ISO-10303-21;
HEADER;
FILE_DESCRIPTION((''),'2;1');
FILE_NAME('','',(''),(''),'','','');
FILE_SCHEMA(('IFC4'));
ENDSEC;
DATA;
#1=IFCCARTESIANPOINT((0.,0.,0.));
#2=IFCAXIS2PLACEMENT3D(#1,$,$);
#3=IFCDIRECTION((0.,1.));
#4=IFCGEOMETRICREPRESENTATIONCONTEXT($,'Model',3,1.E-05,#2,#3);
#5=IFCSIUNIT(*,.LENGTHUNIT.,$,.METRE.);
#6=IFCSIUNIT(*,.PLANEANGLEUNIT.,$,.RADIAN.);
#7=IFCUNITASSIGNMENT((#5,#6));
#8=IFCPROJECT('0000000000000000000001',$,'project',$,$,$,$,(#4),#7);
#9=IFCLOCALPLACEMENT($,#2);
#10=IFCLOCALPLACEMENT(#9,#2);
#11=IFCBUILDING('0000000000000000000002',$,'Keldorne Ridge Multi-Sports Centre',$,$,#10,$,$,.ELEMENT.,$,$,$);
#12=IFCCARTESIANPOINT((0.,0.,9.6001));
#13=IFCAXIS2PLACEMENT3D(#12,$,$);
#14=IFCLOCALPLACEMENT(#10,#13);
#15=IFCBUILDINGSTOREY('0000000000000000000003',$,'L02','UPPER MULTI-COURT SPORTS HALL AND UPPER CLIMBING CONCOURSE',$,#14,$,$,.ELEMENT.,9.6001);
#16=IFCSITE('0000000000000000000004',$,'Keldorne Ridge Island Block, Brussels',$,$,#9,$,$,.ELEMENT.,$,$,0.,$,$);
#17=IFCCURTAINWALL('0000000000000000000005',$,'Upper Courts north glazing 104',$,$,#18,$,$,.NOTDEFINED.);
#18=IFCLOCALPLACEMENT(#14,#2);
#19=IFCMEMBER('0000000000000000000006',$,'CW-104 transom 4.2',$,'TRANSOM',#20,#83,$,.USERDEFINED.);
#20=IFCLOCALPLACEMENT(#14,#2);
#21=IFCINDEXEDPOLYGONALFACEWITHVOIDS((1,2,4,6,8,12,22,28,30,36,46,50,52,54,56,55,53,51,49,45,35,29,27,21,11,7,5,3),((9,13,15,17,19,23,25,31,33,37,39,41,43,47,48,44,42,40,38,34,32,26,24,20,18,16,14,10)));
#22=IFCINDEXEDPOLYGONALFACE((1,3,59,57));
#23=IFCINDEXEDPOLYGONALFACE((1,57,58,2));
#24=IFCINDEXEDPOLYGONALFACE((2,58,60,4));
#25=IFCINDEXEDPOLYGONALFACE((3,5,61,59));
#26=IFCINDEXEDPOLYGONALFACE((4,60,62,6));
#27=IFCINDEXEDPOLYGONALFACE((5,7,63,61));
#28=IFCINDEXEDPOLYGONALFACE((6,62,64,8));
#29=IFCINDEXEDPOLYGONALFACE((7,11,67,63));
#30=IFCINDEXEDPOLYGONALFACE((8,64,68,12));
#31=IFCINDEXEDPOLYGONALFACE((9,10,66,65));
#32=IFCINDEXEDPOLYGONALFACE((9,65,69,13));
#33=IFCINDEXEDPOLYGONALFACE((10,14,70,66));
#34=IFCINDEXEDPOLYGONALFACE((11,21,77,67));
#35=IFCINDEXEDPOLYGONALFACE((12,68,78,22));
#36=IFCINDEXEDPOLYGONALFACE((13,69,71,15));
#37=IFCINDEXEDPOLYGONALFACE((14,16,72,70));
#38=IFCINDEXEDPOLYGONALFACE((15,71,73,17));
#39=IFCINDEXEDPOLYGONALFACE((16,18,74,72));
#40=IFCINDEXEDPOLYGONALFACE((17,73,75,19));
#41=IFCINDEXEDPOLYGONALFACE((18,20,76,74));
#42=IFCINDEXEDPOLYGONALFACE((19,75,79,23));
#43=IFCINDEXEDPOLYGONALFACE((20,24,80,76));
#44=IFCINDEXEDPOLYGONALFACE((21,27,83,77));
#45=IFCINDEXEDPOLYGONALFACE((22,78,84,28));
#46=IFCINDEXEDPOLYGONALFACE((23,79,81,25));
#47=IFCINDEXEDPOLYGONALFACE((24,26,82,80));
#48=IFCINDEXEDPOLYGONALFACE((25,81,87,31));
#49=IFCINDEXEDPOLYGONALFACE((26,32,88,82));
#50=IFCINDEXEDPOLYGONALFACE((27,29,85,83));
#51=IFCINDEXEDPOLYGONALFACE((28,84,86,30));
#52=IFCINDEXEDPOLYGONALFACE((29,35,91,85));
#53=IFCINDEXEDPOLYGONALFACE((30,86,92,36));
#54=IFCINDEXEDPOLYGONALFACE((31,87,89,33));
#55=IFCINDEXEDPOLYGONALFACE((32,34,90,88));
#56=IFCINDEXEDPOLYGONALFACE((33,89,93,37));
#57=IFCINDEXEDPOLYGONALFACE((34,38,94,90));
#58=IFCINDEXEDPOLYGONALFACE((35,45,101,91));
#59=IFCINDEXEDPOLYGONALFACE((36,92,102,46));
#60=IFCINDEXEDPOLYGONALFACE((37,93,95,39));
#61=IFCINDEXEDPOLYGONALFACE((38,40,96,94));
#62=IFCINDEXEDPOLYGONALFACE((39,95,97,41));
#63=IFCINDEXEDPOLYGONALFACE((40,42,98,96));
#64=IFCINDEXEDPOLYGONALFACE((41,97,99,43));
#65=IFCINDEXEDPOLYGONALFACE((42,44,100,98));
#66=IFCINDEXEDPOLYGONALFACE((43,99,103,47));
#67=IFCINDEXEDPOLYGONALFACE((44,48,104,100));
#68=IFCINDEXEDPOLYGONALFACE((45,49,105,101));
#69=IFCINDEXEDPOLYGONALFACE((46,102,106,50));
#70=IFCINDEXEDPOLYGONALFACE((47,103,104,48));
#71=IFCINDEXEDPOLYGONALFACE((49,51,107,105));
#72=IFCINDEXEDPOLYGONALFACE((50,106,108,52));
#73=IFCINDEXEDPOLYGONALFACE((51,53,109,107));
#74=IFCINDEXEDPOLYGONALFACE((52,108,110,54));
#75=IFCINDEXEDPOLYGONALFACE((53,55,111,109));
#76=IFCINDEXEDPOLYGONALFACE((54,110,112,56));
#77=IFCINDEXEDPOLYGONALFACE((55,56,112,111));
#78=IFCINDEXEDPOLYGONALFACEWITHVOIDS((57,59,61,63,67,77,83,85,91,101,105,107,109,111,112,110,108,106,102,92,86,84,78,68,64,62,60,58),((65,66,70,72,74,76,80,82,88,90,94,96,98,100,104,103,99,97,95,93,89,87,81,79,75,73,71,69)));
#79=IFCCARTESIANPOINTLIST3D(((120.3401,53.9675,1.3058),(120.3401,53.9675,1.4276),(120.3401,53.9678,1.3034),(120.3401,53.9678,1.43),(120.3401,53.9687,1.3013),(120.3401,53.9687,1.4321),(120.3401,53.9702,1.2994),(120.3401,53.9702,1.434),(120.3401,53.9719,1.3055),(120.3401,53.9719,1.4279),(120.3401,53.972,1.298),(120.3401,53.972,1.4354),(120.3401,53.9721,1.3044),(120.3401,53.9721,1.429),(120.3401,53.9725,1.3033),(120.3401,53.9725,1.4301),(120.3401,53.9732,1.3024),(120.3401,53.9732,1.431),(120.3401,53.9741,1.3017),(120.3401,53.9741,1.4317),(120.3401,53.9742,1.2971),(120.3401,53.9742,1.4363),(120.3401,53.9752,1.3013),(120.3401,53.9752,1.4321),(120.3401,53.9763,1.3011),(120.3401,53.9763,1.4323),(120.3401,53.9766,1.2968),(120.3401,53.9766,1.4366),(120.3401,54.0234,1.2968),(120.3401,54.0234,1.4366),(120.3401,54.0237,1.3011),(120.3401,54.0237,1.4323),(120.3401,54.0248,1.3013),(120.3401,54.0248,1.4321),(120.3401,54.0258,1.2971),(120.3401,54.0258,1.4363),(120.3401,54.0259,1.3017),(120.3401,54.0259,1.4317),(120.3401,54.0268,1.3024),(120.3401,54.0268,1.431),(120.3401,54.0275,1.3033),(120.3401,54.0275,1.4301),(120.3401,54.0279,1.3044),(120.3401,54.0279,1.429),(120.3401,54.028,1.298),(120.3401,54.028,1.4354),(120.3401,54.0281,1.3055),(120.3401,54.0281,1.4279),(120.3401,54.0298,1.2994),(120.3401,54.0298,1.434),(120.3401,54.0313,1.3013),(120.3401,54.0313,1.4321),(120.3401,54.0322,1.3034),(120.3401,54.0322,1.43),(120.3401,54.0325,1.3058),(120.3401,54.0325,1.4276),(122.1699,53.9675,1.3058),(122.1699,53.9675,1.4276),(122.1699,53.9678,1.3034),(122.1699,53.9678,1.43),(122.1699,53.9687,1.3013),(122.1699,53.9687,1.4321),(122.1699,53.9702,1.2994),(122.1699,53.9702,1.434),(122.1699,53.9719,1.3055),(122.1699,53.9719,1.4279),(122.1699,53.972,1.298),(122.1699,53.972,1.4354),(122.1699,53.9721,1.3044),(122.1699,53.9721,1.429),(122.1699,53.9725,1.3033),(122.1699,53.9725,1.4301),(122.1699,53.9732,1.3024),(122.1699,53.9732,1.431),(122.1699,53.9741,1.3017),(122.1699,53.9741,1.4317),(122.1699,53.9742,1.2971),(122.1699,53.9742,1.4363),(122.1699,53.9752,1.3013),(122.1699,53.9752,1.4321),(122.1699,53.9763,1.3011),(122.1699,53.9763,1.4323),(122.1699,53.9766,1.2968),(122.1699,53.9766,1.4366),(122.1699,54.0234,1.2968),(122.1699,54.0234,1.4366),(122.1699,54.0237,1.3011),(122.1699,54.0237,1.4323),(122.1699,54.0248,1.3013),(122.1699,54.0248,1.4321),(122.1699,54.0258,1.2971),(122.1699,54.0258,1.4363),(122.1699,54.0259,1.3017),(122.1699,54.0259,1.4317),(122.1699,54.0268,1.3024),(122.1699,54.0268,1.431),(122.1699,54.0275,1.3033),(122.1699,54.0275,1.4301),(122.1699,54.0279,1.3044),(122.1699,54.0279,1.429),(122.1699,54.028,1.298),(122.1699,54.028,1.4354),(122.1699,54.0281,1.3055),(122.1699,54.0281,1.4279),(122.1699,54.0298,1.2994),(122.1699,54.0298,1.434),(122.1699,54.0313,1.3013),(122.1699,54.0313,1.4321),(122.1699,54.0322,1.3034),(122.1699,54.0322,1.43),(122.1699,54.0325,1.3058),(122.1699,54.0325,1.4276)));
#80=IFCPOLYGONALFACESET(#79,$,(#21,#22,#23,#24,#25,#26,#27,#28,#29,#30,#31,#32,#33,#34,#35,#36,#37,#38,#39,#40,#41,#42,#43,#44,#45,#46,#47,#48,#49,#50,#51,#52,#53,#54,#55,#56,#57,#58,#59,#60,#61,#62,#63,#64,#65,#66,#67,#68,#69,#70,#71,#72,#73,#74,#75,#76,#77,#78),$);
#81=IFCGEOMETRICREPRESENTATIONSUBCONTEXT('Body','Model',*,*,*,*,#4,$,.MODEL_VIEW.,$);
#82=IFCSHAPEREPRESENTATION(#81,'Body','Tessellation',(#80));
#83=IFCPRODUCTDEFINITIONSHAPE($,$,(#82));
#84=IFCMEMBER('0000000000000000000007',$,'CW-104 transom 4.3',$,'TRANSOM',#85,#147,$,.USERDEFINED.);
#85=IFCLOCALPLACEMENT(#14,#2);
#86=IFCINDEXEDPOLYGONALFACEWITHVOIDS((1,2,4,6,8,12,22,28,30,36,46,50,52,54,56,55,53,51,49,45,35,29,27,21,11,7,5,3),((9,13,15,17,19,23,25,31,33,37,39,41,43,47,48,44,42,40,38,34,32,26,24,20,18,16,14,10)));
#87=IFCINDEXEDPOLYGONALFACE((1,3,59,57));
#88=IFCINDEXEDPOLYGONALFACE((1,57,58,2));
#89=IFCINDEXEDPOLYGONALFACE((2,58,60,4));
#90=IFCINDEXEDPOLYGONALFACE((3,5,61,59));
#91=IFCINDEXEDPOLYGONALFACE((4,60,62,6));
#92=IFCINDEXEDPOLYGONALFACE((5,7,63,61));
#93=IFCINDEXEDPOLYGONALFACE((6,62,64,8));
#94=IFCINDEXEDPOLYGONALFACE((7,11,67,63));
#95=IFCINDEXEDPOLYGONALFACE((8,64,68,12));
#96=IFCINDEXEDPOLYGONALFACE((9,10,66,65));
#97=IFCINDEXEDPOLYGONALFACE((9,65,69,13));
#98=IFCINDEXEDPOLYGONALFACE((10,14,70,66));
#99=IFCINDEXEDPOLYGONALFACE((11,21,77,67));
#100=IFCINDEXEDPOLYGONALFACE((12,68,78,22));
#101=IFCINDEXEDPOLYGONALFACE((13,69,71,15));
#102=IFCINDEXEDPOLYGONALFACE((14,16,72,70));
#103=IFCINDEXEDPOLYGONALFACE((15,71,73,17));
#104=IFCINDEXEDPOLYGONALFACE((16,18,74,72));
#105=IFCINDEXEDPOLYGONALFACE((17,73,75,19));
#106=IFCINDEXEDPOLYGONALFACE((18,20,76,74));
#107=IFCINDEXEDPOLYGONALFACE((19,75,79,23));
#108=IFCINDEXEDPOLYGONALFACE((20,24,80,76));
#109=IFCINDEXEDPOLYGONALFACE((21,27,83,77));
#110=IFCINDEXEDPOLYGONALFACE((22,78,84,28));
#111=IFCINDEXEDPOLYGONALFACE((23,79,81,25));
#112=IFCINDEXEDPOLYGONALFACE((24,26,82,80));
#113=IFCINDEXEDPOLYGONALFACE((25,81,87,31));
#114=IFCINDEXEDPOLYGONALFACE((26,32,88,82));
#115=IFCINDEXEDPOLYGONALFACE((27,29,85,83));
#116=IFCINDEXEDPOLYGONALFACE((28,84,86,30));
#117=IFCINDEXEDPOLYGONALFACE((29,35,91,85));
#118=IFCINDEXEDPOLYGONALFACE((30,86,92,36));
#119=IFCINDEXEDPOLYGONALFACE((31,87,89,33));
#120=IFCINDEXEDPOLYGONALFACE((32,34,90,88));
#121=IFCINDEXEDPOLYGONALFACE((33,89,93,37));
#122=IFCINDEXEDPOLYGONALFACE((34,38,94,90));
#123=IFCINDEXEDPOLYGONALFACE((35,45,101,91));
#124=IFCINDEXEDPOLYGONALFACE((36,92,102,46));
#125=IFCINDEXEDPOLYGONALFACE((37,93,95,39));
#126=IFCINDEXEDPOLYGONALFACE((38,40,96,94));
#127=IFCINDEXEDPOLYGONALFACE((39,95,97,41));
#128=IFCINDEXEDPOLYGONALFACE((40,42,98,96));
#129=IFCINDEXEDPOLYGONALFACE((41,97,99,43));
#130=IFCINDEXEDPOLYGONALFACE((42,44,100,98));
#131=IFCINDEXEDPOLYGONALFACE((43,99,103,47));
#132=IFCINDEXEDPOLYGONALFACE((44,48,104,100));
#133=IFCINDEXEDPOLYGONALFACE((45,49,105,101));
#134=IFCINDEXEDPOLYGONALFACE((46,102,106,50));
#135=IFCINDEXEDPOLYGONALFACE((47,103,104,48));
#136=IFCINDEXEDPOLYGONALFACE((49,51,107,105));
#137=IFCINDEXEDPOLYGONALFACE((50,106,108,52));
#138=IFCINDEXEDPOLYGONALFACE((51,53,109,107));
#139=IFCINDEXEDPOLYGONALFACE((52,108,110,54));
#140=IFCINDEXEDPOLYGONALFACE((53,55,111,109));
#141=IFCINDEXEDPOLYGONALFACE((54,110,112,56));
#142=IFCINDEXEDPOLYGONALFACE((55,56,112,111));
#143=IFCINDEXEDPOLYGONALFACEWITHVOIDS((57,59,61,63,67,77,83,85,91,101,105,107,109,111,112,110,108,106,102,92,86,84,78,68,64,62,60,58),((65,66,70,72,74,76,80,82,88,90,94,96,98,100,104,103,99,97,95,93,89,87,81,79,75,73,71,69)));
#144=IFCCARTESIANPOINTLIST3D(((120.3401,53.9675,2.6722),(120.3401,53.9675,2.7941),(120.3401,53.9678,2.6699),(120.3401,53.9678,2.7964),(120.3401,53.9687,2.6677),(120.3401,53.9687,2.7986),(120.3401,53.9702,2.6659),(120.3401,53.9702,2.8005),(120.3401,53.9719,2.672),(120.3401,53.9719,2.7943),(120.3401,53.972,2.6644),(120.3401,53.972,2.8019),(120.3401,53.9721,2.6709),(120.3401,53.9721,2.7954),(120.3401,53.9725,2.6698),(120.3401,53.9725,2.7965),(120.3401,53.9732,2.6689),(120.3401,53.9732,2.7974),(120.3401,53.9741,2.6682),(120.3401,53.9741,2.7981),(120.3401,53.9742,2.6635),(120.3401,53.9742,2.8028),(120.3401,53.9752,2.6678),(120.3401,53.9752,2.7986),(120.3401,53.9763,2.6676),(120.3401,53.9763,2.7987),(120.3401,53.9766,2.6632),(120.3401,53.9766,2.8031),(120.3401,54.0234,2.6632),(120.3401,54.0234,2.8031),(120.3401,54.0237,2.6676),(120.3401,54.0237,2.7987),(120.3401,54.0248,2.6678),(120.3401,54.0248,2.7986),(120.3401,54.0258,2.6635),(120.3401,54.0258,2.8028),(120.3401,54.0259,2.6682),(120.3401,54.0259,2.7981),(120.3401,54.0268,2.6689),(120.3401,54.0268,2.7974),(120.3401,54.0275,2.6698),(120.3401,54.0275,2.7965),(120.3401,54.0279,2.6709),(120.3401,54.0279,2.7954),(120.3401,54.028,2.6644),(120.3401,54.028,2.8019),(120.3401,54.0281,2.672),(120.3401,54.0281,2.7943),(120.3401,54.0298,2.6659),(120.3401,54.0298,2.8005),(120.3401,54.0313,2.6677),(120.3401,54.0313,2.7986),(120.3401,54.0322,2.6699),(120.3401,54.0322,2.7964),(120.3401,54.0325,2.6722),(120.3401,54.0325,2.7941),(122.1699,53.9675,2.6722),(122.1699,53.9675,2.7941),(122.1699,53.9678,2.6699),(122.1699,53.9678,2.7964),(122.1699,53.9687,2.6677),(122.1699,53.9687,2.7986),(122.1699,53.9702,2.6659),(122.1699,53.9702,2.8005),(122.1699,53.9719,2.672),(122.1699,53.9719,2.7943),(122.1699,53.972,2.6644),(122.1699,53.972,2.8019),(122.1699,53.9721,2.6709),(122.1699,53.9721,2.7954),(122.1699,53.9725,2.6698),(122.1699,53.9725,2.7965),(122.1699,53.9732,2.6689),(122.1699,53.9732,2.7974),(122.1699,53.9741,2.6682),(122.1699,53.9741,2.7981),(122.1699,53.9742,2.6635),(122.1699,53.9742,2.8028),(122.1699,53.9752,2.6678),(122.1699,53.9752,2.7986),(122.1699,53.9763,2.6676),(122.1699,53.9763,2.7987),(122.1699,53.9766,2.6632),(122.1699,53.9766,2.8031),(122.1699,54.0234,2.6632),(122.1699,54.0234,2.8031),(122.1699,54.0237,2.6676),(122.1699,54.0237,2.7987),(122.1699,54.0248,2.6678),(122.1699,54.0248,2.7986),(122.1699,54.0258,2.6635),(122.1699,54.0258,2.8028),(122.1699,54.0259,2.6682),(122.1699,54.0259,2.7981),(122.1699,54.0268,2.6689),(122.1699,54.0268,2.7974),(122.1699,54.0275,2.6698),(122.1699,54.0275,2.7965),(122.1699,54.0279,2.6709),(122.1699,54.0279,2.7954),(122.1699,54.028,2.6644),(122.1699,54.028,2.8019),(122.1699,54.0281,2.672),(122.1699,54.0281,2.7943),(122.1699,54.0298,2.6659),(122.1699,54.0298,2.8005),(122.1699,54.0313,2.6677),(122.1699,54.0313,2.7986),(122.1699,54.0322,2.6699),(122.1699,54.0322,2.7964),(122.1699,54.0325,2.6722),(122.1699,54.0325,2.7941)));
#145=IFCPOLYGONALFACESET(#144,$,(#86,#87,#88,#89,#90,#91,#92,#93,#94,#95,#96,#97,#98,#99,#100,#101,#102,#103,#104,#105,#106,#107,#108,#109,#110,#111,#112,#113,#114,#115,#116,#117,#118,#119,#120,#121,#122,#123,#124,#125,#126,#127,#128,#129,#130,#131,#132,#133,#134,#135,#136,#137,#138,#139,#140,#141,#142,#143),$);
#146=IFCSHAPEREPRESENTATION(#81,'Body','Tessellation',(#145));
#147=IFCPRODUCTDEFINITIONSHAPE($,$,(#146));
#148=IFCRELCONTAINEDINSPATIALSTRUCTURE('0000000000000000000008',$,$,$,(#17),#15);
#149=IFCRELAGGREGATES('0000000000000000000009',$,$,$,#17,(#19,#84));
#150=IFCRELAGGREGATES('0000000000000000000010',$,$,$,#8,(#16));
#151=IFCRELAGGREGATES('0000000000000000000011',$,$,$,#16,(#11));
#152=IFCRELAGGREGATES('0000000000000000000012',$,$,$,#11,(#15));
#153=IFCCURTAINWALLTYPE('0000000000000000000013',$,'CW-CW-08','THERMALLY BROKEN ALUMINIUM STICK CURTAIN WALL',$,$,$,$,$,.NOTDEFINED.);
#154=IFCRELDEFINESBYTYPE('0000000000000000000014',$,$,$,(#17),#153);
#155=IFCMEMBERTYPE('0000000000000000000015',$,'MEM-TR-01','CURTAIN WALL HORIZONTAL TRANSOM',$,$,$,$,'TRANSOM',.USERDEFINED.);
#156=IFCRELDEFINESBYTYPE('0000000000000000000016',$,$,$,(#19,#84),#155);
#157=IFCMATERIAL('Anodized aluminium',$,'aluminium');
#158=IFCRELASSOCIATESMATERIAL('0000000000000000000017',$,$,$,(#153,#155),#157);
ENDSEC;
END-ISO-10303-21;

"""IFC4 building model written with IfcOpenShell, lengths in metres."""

from ifc_helpers import new_model, si_unit, direction, frame, origin, origin_2d, place, context, subcontext, project, spatial, hollow_rectangle, extrude, material, material_profile, profile_set, type_object, element, aggregate, save


model = new_model("IFC4")

# Units and contexts
model_context = context("Model", 3, precision=1e-05, world=origin(), true_north=direction((0.0, 1.0)))
body_context = subcontext(model_context, "Body", "Model", "MODEL_VIEW")
ifc_project = project(units=[si_unit("LENGTHUNIT", "METRE"), si_unit("PLANEANGLEUNIT", "RADIAN")], contexts=[model_context])

# Site, building, storey
site_placement = place(None, origin())
site = spatial("IfcSite", under=ifc_project, at=site_placement, Name="Keldorne Ridge Island Block, Brussels", CompositionType="ELEMENT", RefElevation=0.0)
building_placement = place(site_placement, origin())
building = spatial("IfcBuilding", under=site, at=building_placement, Name="Keldorne Ridge Multi-Sports Centre", CompositionType="ELEMENT")
storey_placement = place(building_placement, frame((0.0, 0.0, 9.6001)))
storey = spatial("IfcBuildingStorey", under=building, at=storey_placement, Name="L02", Description="UPPER MULTI-COURT SPORTS HALL AND UPPER CLIMBING CONCOURSE", CompositionType="ELEMENT", Elevation=9.6001)

# Curtain wall, members
ifc_material_1 = material(Name="Anodized aluminium", Category="aluminium")
curtain_wall_type = type_object("IfcCurtainWallType", Name="CW-CW-08", Description="THERMALLY BROKEN ALUMINIUM STICK CURTAIN WALL", PredefinedType="NOTDEFINED", material=ifc_material_1)
curtain_wall_placement = place(storey_placement, origin())
curtain_wall = element("IfcCurtainWall", 1, at=curtain_wall_placement, inside=storey, type_object=curtain_wall_type, Name="Upper Courts north glazing 104", PredefinedType="NOTDEFINED")
ifc_material_profile_1 = material_profile(ifc_material_1, hollow_rectangle(XDim=0.0649, YDim=0.1399, WallThickness=0.0044, InnerFilletRadius=0.0044, OuterFilletRadius=0.009, at=origin_2d()), Name="ALU TRANSOM 140x65x4.5")
ifc_profile_set_1 = profile_set([ifc_material_profile_1], Name="Anodized aluminium")
member_type_1 = type_object("IfcMemberType", Name="MEM-TR-01", Description="CURTAIN WALL HORIZONTAL TRANSOM", ElementType="TRANSOM", PredefinedType="USERDEFINED", material=ifc_profile_set_1)
member_1_placement = place(storey_placement, frame((122.1699, 54.0, 1.3667), z_axis=(-1.0, 0.0, 0.0), x_axis=(0.0, -1.0, 0.0)))
member_1 = element("IfcMember", 2, at=member_1_placement, type_object=member_type_1, Name="CW-104 transom 4.2", ObjectType="TRANSOM", PredefinedType="USERDEFINED", context=body_context, shape_type="SweptSolid", body=[
    extrude(hollow_rectangle(XDim=0.0649, YDim=0.1399, WallThickness=0.0044, InnerFilletRadius=0.0044, OuterFilletRadius=0.009, at=origin_2d()), origin(), (0.0, 0.0, 1.0), 1.8298),
])
member_2_placement = place(storey_placement, frame((122.1699, 54.0, 2.7332), z_axis=(-1.0, 0.0, 0.0), x_axis=(0.0, -1.0, 0.0)))
member_2 = element("IfcMember", 3, at=member_2_placement, type_object=member_type_1, Name="CW-104 transom 4.3", ObjectType="TRANSOM", PredefinedType="USERDEFINED", context=body_context, shape_type="SweptSolid", body=[
    extrude(hollow_rectangle(XDim=0.0649, YDim=0.1399, WallThickness=0.0044, InnerFilletRadius=0.0044, OuterFilletRadius=0.009, at=origin_2d()), origin(), (0.0, 0.0, 1.0), 1.8298),
])
aggregate(curtain_wall, [member_1, member_2])

save(model, "model.ifc")
